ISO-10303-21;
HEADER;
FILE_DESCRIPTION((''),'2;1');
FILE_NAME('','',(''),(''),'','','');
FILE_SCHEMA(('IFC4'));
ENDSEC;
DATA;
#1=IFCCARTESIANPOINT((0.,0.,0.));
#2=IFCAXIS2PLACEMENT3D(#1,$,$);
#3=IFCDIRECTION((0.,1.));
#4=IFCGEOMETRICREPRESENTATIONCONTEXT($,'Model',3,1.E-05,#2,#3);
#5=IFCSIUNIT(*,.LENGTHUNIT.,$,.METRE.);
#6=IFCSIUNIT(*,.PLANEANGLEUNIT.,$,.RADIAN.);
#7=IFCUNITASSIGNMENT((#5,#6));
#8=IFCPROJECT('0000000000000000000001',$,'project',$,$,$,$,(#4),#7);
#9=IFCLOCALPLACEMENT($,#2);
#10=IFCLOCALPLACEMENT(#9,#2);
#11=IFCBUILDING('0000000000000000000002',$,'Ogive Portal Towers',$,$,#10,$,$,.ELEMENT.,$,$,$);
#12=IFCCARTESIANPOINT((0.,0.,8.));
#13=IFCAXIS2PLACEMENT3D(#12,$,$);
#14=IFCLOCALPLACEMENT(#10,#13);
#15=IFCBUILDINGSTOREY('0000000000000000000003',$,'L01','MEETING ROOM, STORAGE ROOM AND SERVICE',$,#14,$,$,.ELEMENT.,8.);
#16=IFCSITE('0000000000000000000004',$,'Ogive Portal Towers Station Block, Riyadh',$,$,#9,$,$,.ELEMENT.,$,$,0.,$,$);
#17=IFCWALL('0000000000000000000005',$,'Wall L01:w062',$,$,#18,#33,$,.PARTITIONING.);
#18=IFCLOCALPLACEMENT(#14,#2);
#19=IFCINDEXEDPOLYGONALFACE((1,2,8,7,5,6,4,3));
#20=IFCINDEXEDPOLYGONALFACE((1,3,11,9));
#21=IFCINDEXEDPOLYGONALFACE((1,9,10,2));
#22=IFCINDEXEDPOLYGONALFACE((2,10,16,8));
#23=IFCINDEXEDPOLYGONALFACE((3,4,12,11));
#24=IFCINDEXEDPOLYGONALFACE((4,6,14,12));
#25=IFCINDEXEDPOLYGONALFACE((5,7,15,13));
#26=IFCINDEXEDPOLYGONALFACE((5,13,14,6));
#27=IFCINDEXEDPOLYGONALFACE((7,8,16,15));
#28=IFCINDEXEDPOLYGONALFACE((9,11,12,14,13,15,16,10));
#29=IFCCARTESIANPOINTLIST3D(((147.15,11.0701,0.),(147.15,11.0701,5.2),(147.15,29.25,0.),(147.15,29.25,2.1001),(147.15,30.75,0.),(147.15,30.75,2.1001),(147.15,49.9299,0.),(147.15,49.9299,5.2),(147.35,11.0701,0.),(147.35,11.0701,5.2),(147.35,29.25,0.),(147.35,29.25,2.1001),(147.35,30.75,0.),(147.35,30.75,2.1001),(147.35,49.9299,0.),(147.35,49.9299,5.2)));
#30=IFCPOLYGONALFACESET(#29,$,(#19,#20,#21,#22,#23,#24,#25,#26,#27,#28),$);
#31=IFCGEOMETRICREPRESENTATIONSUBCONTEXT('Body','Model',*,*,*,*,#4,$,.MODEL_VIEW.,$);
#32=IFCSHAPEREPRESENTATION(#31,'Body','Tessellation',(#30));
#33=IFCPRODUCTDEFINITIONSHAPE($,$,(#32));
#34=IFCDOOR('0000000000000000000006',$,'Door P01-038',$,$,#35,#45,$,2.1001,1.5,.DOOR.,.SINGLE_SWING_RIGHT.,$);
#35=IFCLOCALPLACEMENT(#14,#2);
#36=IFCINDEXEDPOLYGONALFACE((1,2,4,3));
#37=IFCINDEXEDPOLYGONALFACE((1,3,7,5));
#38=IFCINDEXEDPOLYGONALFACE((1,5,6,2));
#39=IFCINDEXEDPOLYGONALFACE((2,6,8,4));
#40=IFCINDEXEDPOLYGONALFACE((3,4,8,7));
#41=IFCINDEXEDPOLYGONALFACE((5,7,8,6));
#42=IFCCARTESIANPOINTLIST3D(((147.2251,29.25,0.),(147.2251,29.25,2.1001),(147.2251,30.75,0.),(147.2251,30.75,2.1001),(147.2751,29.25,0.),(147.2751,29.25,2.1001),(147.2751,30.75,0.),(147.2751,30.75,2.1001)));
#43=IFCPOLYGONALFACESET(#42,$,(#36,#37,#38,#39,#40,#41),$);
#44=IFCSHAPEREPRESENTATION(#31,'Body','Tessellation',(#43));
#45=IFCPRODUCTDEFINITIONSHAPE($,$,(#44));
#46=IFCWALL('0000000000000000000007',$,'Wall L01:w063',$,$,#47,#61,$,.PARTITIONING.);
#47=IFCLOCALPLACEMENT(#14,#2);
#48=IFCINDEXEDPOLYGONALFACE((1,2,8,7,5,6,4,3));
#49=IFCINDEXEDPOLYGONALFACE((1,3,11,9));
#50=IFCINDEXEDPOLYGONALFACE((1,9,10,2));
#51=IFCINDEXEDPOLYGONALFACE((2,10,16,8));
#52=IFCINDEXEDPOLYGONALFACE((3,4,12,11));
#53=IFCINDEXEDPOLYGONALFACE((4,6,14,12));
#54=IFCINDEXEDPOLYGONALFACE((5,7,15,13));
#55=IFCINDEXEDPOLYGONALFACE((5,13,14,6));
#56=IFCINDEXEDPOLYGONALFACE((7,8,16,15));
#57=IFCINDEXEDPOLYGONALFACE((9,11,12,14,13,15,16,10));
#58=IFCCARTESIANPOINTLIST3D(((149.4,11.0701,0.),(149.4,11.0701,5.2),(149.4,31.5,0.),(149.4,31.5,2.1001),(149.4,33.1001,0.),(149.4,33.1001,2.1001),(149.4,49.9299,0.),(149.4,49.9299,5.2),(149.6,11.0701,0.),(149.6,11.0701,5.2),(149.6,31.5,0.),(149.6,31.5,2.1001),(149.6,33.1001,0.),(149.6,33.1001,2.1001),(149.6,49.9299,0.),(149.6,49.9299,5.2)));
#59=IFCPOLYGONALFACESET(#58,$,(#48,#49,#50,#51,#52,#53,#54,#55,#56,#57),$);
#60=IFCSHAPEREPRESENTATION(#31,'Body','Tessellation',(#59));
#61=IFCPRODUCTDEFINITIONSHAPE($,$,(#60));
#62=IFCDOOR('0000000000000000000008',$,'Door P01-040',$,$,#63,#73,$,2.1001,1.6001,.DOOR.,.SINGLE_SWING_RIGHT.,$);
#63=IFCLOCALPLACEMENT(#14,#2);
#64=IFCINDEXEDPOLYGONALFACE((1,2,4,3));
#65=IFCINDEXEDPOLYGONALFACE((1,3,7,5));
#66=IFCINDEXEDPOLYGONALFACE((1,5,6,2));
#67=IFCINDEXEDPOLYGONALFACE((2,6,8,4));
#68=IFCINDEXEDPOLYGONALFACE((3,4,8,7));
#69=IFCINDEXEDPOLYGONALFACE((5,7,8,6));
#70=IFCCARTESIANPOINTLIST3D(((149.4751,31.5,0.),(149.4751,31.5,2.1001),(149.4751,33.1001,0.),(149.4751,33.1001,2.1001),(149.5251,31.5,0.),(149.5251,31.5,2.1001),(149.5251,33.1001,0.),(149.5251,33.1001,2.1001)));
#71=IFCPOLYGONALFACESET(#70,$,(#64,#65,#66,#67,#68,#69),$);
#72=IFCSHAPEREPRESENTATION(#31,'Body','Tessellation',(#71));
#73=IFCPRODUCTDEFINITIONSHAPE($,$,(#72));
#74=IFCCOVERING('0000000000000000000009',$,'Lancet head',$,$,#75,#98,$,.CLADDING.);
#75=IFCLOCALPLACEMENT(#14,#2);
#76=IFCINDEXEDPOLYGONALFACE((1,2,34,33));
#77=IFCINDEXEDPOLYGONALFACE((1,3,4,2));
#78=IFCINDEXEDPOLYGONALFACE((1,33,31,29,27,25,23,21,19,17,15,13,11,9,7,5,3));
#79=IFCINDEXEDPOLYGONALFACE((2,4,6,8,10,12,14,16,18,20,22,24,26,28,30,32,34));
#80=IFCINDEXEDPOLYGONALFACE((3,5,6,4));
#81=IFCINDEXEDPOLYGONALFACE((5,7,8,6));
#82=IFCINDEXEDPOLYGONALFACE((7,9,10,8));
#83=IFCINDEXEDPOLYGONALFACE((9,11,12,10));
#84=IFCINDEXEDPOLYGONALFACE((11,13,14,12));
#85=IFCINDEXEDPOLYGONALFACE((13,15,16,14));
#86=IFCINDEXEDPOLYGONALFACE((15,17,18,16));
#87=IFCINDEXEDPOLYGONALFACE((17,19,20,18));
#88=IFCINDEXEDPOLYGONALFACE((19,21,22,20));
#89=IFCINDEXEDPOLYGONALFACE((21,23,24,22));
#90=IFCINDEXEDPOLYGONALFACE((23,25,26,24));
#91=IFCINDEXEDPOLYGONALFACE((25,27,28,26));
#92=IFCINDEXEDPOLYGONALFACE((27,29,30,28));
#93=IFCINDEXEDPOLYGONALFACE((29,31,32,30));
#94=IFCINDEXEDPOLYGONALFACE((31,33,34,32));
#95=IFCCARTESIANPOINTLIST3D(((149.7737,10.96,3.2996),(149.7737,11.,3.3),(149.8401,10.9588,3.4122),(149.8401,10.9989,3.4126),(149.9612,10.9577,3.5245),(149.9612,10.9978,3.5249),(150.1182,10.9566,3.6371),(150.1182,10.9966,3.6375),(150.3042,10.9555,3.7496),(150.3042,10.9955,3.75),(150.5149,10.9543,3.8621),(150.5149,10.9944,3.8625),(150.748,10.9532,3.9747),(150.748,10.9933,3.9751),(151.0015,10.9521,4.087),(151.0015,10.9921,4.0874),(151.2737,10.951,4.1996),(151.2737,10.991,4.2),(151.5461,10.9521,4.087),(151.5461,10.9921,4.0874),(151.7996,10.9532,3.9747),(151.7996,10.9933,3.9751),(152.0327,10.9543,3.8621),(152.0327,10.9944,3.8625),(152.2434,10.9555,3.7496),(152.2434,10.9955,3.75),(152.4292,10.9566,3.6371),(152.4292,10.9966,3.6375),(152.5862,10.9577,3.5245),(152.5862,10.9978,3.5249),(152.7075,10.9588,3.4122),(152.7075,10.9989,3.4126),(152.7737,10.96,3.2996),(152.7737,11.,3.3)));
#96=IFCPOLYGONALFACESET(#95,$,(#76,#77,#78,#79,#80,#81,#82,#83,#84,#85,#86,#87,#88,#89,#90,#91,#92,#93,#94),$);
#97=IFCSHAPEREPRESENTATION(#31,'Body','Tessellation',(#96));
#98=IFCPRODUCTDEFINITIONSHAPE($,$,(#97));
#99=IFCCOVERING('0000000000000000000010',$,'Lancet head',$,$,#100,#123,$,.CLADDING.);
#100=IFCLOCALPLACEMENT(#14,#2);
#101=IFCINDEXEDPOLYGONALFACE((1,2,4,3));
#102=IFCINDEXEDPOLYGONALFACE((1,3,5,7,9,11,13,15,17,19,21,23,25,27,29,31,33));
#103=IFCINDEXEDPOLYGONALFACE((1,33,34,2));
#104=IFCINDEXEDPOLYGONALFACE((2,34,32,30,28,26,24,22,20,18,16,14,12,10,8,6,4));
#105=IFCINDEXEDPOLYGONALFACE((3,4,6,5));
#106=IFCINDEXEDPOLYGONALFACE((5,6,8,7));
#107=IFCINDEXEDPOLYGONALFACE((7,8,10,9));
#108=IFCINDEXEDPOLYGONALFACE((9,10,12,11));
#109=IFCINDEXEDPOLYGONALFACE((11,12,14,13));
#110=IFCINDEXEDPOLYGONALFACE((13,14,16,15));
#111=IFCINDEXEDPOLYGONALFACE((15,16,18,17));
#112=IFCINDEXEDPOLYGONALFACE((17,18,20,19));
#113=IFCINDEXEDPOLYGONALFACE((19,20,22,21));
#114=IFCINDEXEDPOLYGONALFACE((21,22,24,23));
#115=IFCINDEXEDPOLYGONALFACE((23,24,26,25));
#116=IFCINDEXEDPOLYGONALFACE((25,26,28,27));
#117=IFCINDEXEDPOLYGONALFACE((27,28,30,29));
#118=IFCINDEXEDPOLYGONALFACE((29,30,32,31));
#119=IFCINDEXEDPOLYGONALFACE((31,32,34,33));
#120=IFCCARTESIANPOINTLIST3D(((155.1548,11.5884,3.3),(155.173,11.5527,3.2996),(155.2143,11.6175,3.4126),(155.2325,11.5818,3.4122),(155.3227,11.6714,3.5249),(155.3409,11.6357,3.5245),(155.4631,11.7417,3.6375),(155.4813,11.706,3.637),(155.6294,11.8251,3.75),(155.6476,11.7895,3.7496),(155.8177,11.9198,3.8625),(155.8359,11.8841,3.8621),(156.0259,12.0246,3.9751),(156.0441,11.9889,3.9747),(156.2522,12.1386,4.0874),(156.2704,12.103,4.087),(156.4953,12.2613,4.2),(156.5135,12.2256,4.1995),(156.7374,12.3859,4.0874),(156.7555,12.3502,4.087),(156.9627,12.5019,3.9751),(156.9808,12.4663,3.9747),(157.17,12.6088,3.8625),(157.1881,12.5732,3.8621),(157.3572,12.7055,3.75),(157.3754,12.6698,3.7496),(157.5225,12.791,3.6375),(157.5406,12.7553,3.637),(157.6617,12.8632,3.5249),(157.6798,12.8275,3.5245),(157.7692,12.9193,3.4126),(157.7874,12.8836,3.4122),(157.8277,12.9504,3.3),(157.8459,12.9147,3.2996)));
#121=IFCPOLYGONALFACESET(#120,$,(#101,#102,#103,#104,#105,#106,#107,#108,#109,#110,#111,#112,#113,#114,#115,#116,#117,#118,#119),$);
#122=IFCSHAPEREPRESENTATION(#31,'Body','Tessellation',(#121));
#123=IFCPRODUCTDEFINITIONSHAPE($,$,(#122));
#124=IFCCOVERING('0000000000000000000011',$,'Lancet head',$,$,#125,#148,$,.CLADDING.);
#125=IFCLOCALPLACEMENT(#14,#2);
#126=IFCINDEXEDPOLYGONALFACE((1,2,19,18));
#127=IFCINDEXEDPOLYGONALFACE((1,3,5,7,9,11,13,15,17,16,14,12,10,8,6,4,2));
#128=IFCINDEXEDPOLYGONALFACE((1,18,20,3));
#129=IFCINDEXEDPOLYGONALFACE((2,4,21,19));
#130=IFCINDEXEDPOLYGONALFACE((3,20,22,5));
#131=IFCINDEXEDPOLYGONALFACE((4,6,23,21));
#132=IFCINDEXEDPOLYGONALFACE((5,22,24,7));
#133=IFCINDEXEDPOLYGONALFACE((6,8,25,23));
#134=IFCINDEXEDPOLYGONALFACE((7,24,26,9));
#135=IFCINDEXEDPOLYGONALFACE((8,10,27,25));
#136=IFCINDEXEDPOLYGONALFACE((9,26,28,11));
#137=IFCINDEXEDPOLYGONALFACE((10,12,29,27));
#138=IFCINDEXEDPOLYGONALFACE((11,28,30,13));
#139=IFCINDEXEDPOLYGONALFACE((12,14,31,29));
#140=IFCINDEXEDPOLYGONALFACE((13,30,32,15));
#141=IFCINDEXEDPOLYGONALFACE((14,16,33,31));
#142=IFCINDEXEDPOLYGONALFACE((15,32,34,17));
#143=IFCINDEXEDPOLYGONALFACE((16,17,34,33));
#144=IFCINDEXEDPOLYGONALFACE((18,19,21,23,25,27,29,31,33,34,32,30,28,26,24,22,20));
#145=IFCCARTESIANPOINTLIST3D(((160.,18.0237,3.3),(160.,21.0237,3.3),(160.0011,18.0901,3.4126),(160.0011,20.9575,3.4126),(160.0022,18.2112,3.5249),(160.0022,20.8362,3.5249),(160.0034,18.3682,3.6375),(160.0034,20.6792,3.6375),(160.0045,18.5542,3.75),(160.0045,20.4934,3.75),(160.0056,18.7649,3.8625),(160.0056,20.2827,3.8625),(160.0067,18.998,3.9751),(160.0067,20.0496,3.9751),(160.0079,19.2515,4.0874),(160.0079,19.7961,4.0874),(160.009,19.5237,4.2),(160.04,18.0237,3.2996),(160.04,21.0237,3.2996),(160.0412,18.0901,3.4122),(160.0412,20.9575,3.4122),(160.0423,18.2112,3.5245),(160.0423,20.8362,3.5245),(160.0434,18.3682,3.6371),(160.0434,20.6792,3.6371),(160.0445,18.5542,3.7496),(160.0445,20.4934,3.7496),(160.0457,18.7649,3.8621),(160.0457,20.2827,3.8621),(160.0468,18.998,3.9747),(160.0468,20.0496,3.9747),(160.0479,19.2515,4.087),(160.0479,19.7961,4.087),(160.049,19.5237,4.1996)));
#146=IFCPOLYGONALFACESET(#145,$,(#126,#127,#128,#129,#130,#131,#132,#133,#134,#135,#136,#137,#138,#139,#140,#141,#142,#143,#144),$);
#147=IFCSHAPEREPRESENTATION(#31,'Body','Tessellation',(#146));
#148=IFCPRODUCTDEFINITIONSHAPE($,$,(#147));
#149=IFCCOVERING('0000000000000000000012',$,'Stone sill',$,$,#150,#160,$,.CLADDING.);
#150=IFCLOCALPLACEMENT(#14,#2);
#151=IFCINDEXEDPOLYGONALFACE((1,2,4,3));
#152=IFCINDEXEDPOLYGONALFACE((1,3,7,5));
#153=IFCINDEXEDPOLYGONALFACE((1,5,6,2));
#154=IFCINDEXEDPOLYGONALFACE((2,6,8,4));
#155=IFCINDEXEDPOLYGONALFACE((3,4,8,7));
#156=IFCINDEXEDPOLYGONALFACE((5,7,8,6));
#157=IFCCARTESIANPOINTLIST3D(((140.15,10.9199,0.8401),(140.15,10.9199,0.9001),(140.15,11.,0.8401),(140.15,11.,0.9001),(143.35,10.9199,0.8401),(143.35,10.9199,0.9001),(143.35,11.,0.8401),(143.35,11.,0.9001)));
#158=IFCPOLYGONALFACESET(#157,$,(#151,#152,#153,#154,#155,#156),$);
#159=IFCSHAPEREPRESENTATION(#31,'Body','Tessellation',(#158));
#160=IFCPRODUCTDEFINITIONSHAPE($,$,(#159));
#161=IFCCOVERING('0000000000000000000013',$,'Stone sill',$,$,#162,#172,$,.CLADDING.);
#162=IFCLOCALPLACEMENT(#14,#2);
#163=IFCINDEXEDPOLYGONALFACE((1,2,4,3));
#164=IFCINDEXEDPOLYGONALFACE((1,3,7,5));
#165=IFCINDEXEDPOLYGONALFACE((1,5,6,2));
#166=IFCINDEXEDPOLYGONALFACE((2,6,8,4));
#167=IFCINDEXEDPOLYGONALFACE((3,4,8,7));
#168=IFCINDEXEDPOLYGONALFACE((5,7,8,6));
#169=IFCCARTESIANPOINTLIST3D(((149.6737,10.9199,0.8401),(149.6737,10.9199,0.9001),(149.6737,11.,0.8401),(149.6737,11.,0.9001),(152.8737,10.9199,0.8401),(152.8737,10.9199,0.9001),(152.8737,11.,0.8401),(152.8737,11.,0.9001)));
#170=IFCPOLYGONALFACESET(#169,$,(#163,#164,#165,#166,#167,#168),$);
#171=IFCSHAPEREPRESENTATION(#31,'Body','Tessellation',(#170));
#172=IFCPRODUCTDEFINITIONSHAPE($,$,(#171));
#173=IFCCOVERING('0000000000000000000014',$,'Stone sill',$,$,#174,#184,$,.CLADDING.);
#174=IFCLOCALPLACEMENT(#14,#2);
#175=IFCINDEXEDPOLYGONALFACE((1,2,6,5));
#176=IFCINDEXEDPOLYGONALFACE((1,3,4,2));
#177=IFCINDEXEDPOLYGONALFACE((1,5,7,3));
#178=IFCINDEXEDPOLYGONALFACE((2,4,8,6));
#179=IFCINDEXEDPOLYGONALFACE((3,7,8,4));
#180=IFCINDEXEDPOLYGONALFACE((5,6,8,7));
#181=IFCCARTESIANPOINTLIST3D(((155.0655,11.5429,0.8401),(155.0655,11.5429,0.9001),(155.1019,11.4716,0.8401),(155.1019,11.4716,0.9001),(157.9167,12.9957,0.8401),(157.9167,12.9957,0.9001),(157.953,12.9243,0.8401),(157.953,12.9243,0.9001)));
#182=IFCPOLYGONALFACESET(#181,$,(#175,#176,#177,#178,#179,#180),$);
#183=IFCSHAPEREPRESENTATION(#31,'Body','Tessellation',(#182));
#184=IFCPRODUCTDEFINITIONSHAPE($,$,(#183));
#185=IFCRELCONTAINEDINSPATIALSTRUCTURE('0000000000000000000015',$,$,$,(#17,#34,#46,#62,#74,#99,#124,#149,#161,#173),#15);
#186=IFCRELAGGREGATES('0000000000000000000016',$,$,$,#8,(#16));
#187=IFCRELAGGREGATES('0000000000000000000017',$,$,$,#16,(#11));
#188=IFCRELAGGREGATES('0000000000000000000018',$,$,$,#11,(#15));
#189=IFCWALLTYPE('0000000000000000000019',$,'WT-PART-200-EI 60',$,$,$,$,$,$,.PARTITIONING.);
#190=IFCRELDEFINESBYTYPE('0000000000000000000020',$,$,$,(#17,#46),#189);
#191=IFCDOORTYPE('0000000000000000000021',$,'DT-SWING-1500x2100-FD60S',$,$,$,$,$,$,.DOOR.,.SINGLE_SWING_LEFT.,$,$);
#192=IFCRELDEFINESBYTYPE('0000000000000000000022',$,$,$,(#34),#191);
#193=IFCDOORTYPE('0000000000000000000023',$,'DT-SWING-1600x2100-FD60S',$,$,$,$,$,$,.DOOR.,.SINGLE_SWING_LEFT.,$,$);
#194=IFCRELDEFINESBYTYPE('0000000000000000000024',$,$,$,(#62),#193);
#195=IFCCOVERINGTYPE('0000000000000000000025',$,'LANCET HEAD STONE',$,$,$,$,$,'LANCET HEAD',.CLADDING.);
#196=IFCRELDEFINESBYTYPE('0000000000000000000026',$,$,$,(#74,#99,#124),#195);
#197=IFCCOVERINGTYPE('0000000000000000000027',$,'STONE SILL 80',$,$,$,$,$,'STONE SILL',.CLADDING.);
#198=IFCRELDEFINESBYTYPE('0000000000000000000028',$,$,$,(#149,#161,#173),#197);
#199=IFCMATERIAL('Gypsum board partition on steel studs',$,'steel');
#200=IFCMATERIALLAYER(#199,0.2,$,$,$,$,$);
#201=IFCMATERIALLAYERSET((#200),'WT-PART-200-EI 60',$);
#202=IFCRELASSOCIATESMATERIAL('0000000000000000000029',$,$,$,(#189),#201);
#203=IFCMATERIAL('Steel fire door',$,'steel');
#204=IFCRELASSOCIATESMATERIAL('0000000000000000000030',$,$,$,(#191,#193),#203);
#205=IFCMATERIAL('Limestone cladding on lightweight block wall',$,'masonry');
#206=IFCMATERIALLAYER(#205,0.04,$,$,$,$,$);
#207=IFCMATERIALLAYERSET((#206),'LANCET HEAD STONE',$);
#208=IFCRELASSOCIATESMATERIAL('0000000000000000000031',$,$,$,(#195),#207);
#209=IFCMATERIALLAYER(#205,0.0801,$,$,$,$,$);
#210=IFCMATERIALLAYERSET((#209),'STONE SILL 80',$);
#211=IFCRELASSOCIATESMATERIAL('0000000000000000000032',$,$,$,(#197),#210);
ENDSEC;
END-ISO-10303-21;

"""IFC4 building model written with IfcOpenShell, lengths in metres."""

from ifc_helpers import new_model, si_unit, direction, frame, frame_2d, origin, origin_2d, place, context, subcontext, project, spatial, polyline, rectangle, outline, extrude, material, layer, layer_set, type_object, element, fill, save


model = new_model("IFC4")

# Units and contexts
model_context = context("Model", 3, precision=1e-05, world=origin(), true_north=direction((0.0, 1.0)))
body_context = subcontext(model_context, "Body", "Model", "MODEL_VIEW")
ifc_project = project(units=[si_unit("LENGTHUNIT", "METRE"), si_unit("PLANEANGLEUNIT", "RADIAN")], contexts=[model_context])

# Site, building, storey
site_placement = place(None, origin())
site = spatial("IfcSite", under=ifc_project, at=site_placement, Name="Ogive Portal Towers Station Block, Riyadh", CompositionType="ELEMENT", RefElevation=0.0)
building_placement = place(site_placement, origin())
building = spatial("IfcBuilding", under=site, at=building_placement, Name="Ogive Portal Towers", CompositionType="ELEMENT")
storey_placement = place(building_placement, frame((0.0, 0.0, 8.0)))
storey = spatial("IfcBuildingStorey", under=building, at=storey_placement, Name="L01", Description="MEETING ROOM, STORAGE ROOM AND SERVICE", CompositionType="ELEMENT", Elevation=8.0)

# Shared definitions
ifc_material_1 = material(Name="Limestone cladding on lightweight block wall", Category="masonry")

# Walls, openings, doors
ifc_material_2 = material(Name="Gypsum board partition on steel studs", Category="steel")
ifc_layer_1 = layer(ifc_material_2, 0.2)
ifc_layer_set_1 = layer_set([ifc_layer_1], Name="WT-PART-200-EI 60")
wall_type_1 = type_object("IfcWallType", Name="WT-PART-200-EI 60", PredefinedType="PARTITIONING", material=ifc_layer_set_1)
wall_1_placement = place(storey_placement, frame((147.25, 11.0701, 0.0), z_axis=(0.0, 0.0, 1.0), x_axis=(0.0, 1.0, 0.0)))
wall_1 = element("IfcWall", 1, at=wall_1_placement, inside=storey, type_object=wall_type_1, Name="Wall L01:w062", PredefinedType="PARTITIONING", context=body_context, shape_type="SweptSolid", body=[
    extrude(rectangle(XDim=38.8599, YDim=0.2, at=frame_2d((19.4299, 0.0))), origin(), (0.0, 0.0, 1.0), 5.2),
])
opening_1_placement = place(wall_1_placement, frame((18.1799, 0.0, 0.0)))
opening_1 = element("IfcOpeningElement", 2, at=opening_1_placement, cuts=wall_1, PredefinedType="OPENING", context=body_context, shape_type="SweptSolid", body=[
    extrude(rectangle(XDim=1.5, YDim=2.1001, at=frame_2d((0.75, 1.05))), frame((0.0, 0.1099, 0.0), z_axis=(0.0, -1.0, 0.0), x_axis=(1.0, 0.0, 0.0)), (0.0, 0.0, 1.0), 0.22),
])
ifc_material_3 = material(Name="Steel fire door", Category="steel")
door_type_1 = type_object("IfcDoorType", Name="DT-SWING-1500x2100-FD60S", OperationType="SINGLE_SWING_LEFT", PredefinedType="DOOR", material=ifc_material_3)
door_1_placement = place(opening_1_placement, origin())
door_1 = element("IfcDoor", 3, at=door_1_placement, inside=storey, type_object=door_type_1, Name="Door P01-038", OperationType="SINGLE_SWING_RIGHT", OverallHeight=2.1001, OverallWidth=1.5, PredefinedType="DOOR", context=body_context, shape_type="SweptSolid", body=[
    extrude(rectangle(XDim=1.5, YDim=2.1001, at=frame_2d((0.75, 1.05))), frame((0.0, 0.0249, 0.0), z_axis=(0.0, -1.0, 0.0), x_axis=(1.0, 0.0, 0.0)), (0.0, 0.0, 1.0), 0.05),
])
fill(opening_1, door_1)
wall_2_placement = place(storey_placement, frame((149.5, 11.0701, 0.0), z_axis=(0.0, 0.0, 1.0), x_axis=(0.0, 1.0, 0.0)))
wall_2 = element("IfcWall", 4, at=wall_2_placement, inside=storey, type_object=wall_type_1, Name="Wall L01:w063", PredefinedType="PARTITIONING", context=body_context, shape_type="SweptSolid", body=[
    extrude(rectangle(XDim=38.8599, YDim=0.2, at=frame_2d((19.4299, 0.0))), origin(), (0.0, 0.0, 1.0), 5.2),
])
opening_2_placement = place(wall_2_placement, frame((20.4299, 0.0, 0.0)))
opening_2 = element("IfcOpeningElement", 5, at=opening_2_placement, cuts=wall_2, PredefinedType="OPENING", context=body_context, shape_type="SweptSolid", body=[
    extrude(rectangle(XDim=1.6001, YDim=2.1001, at=frame_2d((0.8, 1.05))), frame((0.0, 0.1099, 0.0), z_axis=(0.0, -1.0, 0.0), x_axis=(1.0, 0.0, 0.0)), (0.0, 0.0, 1.0), 0.22),
])
door_type_2 = type_object("IfcDoorType", Name="DT-SWING-1600x2100-FD60S", OperationType="SINGLE_SWING_LEFT", PredefinedType="DOOR", material=ifc_material_3)
door_2_placement = place(opening_2_placement, origin())
door_2 = element("IfcDoor", 6, at=door_2_placement, inside=storey, type_object=door_type_2, Name="Door P01-040", OperationType="SINGLE_SWING_RIGHT", OverallHeight=2.1001, OverallWidth=1.6001, PredefinedType="DOOR", context=body_context, shape_type="SweptSolid", body=[
    extrude(rectangle(XDim=1.6001, YDim=2.1001, at=frame_2d((0.8, 1.05))), frame((0.0, 0.0249, 0.0), z_axis=(0.0, -1.0, 0.0), x_axis=(1.0, 0.0, 0.0)), (0.0, 0.0, 1.0), 0.05),
])
fill(opening_2, door_2)

# Coverings
ifc_layer_2 = layer(ifc_material_1, 0.04)
ifc_layer_set_2 = layer_set([ifc_layer_2], Name="LANCET HEAD STONE")
covering_type_1 = type_object("IfcCoveringType", Name="LANCET HEAD STONE", ElementType="LANCET HEAD", PredefinedType="CLADDING", material=ifc_layer_set_2)
covering_1_placement = place(storey_placement, frame((149.7737, 11.0, 3.3), z_axis=(0.0, 0.99995, 0.009994), x_axis=(1.0, 0.0, 0.0)))
element("IfcCovering", 7, at=covering_1_placement, inside=storey, type_object=covering_type_1, Name="Lancet head", PredefinedType="CLADDING", context=body_context, shape_type="SweptSolid", body=[
    extrude(outline(polyline([(0.0, 0.0), (3.0, 0.0), (2.9338, -0.1126), (2.8125, -0.2249), (2.6555, -0.3374), (2.4697, -0.45), (2.259, -0.5625), (2.0259, -0.6751), (1.7725, -0.7874), (1.5, -0.8999), (1.2278, -0.7874), (0.9744, -0.6751), (0.7412, -0.5625), (0.5305, -0.45), (0.3445, -0.3374), (0.1875, -0.2249), (0.0664, -0.1126), (0.0, 0.0)])), origin(), (0.0, 0.0, -1.0), 0.04),
])
covering_2_placement = place(storey_placement, frame((155.1548, 11.5884, 3.3), z_axis=(-0.453987, 0.890951, 0.010108), x_axis=(0.890997, 0.45401, 0.0)))
element("IfcCovering", 8, at=covering_2_placement, inside=storey, type_object=covering_type_1, Name="Lancet head", PredefinedType="CLADDING", context=body_context, shape_type="SweptSolid", body=[
    extrude(outline(polyline([(0.0, 0.0), (2.9999, 0.0), (2.9337, -0.1126), (2.8124, -0.2249), (2.6556, -0.3374), (2.4695, -0.45), (2.2588, -0.5625), (2.0256, -0.6751), (1.7721, -0.7874), (1.4999, -0.8999), (1.2276, -0.7874), (0.9742, -0.6751), (0.7411, -0.5625), (0.5304, -0.45), (0.3443, -0.3374), (0.1873, -0.2249), (0.0663, -0.1126), (0.0, 0.0)])), origin(), (0.0, 0.0, -1.0), 0.04),
])
covering_3_placement = place(storey_placement, frame((160.0, 18.0237, 3.3), z_axis=(-0.99995, 0.0, 0.009994), x_axis=(0.0, 1.0, 0.0)))
element("IfcCovering", 9, at=covering_3_placement, inside=storey, type_object=covering_type_1, Name="Lancet head", PredefinedType="CLADDING", context=body_context, shape_type="SweptSolid", body=[
    extrude(outline(polyline([(0.0, 0.0), (3.0, 0.0), (2.9338, -0.1126), (2.8125, -0.2249), (2.6555, -0.3374), (2.4697, -0.45), (2.259, -0.5625), (2.0259, -0.6751), (1.7725, -0.7874), (1.5, -0.8999), (1.2278, -0.7874), (0.9744, -0.6751), (0.7412, -0.5625), (0.5305, -0.45), (0.3445, -0.3374), (0.1875, -0.2249), (0.0664, -0.1126), (0.0, 0.0)])), origin(), (0.0, 0.0, -1.0), 0.04),
])
ifc_layer_3 = layer(ifc_material_1, 0.0801)
ifc_layer_set_3 = layer_set([ifc_layer_3], Name="STONE SILL 80")
covering_type_2 = type_object("IfcCoveringType", Name="STONE SILL 80", ElementType="STONE SILL", PredefinedType="CLADDING", material=ifc_layer_set_3)
for number, where, z_axis, x_axis, name in (
    (10, (141.75, 10.96, 0.8401), (0.0, 0.0, 1.0), (1.0, 0.0, 0.0), "Stone sill"),
    (11, (151.2737, 10.96, 0.8401), (0.0, 0.0, 1.0), (1.0, 0.0, 0.0), "Stone sill"),
    (12, (156.5093, 12.2336, 0.8401), (0.0, 0.0, 1.0), (0.891007, 0.45399, 0.0), "Stone sill"),
):
    element("IfcCovering", number, at=place(storey_placement, frame(where, z_axis=z_axis, x_axis=x_axis)), inside=storey, type_object=covering_type_2, Name=name, PredefinedType="CLADDING", context=body_context, shape_type="SweptSolid", body=[
        extrude(rectangle(XDim=3.2, YDim=0.0801, at=origin_2d()), origin(), (0.0, 0.0, 1.0), 0.0601),
    ])

save(model, "model.ifc")
